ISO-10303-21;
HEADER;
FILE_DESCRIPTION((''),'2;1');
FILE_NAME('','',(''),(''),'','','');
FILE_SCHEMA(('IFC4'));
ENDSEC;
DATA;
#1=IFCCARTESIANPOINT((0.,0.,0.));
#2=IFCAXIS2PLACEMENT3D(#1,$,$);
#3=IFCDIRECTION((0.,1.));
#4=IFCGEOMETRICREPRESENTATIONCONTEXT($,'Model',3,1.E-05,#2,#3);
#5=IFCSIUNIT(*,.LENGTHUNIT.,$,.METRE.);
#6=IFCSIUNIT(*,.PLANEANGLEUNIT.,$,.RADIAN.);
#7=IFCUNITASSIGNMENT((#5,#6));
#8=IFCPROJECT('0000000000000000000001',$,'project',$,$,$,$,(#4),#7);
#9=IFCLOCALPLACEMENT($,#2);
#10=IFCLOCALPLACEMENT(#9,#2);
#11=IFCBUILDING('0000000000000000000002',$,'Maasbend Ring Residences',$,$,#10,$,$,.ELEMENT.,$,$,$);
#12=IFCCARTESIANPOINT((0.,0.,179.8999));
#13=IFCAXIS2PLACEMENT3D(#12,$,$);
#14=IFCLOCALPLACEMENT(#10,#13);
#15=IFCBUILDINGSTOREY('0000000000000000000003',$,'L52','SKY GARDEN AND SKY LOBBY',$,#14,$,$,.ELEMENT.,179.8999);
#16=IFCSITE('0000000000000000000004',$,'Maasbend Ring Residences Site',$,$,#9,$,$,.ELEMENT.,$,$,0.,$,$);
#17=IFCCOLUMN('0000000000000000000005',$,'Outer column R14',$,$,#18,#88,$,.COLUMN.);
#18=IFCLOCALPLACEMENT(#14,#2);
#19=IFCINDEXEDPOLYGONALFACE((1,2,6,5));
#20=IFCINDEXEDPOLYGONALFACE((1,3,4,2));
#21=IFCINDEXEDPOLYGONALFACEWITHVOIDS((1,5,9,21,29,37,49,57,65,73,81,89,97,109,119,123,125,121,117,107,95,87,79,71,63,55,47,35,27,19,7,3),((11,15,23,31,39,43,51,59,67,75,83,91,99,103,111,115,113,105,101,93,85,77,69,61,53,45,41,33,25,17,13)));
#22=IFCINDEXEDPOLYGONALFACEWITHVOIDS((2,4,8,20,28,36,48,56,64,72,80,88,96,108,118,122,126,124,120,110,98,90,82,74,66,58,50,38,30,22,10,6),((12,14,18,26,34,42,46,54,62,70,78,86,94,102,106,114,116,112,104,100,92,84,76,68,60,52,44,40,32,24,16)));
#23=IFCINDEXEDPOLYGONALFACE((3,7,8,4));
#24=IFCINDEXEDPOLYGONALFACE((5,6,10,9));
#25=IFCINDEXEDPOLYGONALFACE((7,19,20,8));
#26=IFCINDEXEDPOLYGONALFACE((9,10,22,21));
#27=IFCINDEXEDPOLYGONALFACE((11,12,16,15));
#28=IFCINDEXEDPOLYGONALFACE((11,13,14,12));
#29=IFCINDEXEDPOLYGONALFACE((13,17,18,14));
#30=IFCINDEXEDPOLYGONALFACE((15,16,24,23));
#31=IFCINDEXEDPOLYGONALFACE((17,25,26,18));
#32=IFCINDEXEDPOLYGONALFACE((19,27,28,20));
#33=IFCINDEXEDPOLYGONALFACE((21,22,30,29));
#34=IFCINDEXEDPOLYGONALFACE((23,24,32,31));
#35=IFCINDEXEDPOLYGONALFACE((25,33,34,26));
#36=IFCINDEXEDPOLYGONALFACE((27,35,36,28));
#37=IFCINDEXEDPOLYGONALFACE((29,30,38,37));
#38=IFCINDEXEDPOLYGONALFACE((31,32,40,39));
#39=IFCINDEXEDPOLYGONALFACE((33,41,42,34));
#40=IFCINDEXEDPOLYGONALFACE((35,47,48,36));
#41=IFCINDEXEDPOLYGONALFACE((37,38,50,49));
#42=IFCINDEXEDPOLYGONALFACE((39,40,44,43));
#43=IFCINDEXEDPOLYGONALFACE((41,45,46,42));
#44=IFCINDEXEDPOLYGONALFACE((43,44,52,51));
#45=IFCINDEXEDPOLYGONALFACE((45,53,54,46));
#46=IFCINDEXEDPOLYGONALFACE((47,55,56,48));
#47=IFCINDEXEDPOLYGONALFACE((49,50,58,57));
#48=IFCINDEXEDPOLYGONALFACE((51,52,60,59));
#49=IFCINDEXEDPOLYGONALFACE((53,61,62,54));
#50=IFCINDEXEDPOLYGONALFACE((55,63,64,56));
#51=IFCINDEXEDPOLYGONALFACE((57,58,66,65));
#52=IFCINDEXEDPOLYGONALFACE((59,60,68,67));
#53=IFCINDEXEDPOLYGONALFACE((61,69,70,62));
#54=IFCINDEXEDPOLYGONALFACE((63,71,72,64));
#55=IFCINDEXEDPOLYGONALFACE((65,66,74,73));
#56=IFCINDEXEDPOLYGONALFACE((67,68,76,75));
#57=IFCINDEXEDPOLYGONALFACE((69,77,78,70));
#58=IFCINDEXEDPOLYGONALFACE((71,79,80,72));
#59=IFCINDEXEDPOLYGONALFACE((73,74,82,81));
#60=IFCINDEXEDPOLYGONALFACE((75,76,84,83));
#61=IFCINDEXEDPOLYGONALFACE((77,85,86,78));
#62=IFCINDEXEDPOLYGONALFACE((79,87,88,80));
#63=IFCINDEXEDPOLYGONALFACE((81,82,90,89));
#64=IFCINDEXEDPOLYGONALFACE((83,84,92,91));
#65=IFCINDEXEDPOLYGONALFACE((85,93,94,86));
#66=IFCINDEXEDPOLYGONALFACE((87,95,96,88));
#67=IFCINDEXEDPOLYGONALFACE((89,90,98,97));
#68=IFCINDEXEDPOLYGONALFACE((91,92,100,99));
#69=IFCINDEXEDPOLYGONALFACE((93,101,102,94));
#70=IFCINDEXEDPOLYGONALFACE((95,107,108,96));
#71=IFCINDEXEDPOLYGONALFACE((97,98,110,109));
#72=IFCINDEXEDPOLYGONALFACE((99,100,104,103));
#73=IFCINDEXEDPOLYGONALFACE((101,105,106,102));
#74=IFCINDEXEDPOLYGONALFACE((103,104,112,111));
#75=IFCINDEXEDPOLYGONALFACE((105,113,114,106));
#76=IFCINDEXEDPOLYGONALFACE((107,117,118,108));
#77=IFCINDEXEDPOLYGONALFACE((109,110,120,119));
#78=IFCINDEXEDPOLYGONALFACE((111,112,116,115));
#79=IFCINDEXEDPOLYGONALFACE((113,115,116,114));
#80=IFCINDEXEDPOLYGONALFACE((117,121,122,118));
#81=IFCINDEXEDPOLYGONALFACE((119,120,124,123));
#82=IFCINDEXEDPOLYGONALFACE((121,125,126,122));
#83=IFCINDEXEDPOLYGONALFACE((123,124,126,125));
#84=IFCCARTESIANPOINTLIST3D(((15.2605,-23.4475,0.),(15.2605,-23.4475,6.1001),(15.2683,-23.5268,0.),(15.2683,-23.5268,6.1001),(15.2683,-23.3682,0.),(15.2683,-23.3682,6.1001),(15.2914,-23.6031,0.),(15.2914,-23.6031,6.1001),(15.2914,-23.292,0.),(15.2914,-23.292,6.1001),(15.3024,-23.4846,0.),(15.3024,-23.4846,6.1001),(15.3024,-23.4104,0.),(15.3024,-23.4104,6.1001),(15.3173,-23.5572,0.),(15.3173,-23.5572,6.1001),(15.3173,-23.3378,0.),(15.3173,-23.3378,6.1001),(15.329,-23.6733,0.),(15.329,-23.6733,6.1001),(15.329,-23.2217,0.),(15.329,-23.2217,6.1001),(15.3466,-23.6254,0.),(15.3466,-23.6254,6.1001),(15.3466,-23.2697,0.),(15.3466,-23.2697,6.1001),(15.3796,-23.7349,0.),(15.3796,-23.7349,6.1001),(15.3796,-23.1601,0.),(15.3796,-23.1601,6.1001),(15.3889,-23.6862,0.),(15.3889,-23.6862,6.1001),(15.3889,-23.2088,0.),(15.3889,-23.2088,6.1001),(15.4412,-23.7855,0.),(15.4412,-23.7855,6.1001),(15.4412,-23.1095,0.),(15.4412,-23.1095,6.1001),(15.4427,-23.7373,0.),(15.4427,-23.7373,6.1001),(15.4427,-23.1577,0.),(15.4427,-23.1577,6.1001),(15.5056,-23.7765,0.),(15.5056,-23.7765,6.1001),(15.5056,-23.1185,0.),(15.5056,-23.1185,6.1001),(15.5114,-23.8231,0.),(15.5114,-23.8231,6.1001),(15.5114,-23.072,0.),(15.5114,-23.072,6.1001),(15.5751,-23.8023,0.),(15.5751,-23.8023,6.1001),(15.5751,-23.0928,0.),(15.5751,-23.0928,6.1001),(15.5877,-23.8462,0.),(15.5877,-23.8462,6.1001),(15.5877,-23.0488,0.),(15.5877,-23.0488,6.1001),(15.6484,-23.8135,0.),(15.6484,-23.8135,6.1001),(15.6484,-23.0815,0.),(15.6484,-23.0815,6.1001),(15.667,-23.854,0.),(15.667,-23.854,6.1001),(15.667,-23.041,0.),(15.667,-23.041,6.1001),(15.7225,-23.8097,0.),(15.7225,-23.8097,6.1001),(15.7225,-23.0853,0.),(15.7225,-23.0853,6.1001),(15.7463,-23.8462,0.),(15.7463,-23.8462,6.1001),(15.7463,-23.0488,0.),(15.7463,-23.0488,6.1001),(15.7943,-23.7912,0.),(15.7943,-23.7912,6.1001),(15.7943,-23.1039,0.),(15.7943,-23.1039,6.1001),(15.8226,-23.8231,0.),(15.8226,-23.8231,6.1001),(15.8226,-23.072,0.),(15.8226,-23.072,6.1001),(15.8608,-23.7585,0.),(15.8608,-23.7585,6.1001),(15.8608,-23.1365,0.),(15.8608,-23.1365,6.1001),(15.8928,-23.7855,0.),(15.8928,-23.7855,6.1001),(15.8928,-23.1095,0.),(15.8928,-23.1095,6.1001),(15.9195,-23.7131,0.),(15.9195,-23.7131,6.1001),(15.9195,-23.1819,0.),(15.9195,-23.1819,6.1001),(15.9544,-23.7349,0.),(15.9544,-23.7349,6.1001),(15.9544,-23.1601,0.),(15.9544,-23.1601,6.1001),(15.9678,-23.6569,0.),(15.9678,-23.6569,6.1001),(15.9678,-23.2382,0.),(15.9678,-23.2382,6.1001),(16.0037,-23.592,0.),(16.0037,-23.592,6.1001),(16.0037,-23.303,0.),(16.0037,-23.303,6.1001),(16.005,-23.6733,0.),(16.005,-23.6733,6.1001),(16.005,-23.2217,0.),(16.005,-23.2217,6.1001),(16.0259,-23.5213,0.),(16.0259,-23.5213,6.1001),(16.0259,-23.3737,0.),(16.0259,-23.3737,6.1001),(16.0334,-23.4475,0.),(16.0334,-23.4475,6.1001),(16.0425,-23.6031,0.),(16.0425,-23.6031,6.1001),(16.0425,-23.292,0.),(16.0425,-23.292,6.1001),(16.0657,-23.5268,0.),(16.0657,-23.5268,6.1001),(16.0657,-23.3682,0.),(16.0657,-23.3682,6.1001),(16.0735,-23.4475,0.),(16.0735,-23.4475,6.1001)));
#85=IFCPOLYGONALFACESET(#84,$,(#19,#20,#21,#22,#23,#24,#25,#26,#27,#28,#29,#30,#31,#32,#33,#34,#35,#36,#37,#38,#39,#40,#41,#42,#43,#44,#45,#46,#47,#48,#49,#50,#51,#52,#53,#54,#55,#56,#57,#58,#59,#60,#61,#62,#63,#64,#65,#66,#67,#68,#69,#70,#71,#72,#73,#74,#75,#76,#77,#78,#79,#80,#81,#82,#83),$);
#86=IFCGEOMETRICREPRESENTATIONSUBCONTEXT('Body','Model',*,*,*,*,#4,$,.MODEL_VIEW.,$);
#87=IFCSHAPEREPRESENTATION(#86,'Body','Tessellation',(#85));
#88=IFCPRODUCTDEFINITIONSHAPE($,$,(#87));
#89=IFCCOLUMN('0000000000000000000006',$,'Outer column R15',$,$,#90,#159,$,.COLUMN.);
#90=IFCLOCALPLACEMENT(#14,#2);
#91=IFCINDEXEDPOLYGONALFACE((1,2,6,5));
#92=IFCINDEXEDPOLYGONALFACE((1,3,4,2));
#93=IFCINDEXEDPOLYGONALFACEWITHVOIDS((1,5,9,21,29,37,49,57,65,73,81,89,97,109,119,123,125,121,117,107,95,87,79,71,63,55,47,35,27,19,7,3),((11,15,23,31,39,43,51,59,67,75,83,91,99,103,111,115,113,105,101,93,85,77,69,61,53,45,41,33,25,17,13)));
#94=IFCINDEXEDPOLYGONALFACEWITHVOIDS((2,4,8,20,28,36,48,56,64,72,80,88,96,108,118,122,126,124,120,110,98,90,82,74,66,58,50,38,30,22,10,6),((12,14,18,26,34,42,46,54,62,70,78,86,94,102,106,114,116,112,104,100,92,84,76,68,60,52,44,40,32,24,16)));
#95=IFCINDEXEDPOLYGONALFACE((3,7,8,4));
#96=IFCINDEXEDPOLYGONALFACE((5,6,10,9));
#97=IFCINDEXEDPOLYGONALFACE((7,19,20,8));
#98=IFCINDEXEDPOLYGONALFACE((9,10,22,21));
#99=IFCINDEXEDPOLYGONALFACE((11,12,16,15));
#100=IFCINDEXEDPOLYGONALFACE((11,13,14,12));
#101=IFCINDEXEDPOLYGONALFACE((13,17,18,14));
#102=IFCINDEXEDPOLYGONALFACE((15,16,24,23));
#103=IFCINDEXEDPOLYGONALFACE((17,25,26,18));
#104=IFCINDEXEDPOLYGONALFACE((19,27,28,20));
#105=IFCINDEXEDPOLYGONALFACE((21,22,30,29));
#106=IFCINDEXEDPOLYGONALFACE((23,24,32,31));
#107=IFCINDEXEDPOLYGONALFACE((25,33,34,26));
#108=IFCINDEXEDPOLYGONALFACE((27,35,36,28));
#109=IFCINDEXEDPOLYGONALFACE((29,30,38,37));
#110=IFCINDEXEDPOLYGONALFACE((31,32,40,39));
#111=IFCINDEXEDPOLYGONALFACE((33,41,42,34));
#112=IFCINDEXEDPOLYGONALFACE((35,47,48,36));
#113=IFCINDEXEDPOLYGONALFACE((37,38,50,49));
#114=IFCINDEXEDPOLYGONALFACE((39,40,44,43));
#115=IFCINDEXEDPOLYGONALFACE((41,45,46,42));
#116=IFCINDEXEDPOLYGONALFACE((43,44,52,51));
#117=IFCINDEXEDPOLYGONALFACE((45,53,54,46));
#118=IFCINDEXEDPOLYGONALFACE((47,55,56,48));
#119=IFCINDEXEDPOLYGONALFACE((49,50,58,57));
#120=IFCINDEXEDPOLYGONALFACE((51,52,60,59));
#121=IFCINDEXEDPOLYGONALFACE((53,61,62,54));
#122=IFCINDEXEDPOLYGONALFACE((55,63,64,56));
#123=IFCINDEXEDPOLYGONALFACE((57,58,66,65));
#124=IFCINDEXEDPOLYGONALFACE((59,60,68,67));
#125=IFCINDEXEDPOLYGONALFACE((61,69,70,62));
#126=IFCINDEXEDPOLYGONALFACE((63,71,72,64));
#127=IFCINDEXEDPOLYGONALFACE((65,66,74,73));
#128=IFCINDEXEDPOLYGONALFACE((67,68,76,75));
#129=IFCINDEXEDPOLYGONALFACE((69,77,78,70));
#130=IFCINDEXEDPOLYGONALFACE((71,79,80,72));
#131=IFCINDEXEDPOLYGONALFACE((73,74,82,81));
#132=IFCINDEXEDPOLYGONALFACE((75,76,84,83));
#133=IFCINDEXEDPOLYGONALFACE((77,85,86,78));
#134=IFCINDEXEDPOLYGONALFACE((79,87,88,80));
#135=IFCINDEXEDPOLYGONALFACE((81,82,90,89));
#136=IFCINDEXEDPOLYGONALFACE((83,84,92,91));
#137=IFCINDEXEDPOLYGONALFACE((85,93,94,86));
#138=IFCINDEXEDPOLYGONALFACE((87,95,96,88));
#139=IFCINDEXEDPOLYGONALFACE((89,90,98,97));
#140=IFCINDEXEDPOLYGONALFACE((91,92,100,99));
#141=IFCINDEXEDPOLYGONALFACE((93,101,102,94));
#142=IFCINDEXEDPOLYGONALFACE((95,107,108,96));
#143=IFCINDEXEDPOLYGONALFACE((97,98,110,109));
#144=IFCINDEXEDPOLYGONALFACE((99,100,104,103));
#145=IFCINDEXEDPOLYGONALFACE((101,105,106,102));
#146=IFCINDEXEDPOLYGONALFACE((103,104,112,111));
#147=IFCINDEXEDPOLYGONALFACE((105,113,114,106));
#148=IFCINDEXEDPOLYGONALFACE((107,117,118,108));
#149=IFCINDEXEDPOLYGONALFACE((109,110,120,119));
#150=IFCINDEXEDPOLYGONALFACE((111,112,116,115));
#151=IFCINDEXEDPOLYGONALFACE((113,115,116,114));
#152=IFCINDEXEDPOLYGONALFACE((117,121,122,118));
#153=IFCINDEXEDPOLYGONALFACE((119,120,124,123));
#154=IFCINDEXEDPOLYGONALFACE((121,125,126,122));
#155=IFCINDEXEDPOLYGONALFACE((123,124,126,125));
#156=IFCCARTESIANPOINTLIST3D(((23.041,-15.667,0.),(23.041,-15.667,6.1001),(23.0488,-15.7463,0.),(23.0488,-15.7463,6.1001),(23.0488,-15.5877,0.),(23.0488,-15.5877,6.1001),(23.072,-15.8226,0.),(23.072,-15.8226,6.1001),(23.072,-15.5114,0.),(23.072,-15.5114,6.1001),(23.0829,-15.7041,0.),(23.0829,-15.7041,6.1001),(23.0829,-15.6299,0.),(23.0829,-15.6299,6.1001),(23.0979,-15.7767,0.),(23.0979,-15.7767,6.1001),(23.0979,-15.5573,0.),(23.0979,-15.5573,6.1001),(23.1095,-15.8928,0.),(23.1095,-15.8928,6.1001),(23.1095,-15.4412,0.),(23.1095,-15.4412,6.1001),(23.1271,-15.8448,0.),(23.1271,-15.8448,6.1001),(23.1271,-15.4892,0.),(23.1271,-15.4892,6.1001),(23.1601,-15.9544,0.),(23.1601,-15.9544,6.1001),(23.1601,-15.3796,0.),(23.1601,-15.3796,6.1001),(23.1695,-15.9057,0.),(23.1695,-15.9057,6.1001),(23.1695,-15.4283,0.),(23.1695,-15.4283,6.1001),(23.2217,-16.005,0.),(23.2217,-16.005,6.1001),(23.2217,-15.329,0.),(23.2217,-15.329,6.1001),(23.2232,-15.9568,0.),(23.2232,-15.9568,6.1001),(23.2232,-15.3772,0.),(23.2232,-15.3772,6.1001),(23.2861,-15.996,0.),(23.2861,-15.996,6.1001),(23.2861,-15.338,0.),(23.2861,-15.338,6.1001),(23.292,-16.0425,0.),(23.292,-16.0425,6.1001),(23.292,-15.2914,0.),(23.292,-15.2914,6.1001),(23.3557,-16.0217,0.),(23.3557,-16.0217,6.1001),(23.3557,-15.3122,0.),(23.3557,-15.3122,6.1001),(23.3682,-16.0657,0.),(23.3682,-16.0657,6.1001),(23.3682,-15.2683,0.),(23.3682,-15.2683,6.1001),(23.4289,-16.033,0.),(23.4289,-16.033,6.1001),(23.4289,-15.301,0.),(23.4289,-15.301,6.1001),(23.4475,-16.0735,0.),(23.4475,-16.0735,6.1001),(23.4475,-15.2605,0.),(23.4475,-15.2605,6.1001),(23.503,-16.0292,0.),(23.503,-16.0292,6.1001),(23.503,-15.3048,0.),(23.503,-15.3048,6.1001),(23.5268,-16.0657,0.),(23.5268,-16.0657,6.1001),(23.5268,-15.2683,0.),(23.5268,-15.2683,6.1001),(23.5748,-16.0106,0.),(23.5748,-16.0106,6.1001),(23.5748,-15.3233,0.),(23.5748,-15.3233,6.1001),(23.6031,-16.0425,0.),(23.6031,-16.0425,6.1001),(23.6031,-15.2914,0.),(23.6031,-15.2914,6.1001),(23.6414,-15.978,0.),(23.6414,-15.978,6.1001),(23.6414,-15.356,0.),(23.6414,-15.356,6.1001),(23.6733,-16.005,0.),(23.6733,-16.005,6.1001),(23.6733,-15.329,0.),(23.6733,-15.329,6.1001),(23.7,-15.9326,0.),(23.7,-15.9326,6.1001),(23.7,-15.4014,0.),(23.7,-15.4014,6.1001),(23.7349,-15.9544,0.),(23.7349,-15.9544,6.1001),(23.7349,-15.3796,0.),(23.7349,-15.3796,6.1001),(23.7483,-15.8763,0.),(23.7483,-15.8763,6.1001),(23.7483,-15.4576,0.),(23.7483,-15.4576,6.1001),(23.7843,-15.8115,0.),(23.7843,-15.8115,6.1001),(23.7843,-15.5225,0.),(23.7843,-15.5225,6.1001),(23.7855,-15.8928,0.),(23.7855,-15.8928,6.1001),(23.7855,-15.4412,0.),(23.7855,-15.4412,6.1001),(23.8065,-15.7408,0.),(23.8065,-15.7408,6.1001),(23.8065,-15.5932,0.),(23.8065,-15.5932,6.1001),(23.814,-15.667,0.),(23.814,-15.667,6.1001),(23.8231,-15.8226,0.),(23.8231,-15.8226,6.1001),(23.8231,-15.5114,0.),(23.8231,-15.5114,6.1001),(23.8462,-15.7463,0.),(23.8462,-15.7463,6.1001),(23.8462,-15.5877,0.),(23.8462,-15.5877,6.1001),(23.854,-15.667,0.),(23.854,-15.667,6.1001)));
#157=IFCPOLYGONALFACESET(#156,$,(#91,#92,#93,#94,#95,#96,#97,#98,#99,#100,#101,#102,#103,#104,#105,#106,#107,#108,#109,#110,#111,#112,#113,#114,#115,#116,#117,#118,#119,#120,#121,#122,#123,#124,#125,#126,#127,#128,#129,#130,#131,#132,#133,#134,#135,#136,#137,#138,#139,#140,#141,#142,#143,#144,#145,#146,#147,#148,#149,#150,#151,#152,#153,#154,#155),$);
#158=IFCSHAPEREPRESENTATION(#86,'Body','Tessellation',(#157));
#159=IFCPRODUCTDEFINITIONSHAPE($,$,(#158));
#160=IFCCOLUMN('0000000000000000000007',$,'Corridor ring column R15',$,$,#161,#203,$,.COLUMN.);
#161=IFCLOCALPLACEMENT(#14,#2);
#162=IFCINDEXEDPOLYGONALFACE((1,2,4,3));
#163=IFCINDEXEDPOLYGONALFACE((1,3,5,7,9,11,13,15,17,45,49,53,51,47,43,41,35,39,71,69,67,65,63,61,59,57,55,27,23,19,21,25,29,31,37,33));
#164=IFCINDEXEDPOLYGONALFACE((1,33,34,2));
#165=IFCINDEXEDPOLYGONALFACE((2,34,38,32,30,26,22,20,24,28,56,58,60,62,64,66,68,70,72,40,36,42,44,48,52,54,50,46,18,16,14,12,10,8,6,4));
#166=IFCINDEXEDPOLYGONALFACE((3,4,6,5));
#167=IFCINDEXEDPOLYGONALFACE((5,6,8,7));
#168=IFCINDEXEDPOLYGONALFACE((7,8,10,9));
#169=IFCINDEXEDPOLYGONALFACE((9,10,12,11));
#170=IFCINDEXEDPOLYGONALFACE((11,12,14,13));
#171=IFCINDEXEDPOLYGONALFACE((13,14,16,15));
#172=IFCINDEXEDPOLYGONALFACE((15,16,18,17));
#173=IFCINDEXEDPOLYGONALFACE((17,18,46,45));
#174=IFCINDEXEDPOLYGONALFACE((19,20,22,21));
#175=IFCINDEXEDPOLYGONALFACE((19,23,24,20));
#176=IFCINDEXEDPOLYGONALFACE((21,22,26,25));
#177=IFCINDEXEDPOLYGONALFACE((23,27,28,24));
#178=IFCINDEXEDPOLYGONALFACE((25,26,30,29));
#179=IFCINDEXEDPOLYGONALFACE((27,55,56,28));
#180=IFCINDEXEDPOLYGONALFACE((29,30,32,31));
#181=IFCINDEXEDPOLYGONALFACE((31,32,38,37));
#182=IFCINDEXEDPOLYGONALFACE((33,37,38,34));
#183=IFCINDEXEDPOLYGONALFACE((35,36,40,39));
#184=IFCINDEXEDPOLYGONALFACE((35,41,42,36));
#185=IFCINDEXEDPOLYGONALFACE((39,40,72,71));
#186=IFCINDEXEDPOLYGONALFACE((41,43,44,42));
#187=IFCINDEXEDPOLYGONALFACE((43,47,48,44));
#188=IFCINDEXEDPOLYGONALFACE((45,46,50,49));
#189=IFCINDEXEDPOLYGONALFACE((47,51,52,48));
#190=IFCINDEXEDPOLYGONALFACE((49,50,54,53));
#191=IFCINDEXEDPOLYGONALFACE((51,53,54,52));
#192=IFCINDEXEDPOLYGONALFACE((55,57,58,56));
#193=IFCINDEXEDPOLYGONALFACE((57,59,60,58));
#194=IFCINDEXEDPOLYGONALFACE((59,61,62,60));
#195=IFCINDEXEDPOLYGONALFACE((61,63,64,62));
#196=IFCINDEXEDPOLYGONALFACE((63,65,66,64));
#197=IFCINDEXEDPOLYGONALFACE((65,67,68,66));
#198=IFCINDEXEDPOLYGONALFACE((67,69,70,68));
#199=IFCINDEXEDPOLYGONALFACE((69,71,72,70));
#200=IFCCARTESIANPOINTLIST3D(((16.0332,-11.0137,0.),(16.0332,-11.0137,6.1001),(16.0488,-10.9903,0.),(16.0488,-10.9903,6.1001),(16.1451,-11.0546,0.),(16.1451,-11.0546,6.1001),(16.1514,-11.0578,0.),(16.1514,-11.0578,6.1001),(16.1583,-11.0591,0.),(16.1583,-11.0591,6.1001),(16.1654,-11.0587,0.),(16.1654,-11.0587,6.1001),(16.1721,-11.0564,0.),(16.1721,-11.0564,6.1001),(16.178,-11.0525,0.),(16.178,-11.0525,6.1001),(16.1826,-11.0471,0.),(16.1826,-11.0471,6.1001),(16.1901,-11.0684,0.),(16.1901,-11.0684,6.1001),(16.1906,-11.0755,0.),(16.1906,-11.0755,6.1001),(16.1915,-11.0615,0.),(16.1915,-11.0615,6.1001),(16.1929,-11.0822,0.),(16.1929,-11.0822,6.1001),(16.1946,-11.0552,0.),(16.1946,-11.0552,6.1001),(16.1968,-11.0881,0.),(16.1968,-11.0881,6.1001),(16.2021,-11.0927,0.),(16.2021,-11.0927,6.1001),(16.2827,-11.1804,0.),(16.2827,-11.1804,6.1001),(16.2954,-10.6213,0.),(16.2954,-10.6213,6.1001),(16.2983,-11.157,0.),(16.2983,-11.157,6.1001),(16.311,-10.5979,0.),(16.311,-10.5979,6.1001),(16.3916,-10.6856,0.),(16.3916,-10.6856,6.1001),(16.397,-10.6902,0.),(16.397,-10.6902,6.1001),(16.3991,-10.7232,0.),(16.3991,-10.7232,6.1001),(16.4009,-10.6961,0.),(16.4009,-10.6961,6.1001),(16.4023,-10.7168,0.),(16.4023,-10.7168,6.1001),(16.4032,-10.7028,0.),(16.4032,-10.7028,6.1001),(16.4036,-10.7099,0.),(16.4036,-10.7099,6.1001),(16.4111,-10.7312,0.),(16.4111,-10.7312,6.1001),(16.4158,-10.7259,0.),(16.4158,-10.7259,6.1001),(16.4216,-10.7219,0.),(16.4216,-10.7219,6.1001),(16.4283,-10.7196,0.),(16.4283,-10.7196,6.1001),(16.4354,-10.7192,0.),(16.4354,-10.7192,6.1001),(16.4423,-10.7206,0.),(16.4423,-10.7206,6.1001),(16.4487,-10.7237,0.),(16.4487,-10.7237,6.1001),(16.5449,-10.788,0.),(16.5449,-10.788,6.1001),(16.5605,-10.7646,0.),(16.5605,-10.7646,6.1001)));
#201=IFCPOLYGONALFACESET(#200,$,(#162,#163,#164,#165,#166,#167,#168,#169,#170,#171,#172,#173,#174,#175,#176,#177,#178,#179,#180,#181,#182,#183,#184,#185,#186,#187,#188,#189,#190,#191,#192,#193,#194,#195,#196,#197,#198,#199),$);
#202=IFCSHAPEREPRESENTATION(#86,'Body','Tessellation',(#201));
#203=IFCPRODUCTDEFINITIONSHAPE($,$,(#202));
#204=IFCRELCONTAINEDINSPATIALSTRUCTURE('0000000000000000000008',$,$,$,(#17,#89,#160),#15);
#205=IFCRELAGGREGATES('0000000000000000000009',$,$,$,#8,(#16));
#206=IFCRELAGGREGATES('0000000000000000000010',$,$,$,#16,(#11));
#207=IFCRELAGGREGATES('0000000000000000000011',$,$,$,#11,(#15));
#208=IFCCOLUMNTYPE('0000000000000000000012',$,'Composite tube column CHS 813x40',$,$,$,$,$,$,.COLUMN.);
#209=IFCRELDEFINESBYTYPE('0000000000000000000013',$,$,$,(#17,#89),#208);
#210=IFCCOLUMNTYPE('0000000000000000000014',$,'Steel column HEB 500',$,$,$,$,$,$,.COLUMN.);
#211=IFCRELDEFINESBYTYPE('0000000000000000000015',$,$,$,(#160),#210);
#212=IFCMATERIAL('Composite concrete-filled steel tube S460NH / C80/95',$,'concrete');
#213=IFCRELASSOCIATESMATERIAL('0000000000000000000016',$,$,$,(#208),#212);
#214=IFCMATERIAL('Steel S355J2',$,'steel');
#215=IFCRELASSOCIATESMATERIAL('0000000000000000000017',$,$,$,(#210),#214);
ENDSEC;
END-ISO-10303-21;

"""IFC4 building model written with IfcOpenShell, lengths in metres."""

from ifc_helpers import new_model, si_unit, direction, frame, origin, origin_2d, place, context, subcontext, project, spatial, hollow_circle, i_section, extrude, material, material_profile, profile_set, type_object, element, save


model = new_model("IFC4")

# Units and contexts
model_context = context("Model", 3, precision=1e-05, world=origin(), true_north=direction((0.0, 1.0)))
body_context = subcontext(model_context, "Body", "Model", "MODEL_VIEW")
ifc_project = project(units=[si_unit("LENGTHUNIT", "METRE"), si_unit("PLANEANGLEUNIT", "RADIAN")], contexts=[model_context])

# Site, building, storey
site_placement = place(None, origin())
site = spatial("IfcSite", under=ifc_project, at=site_placement, Name="Maasbend Ring Residences Site", CompositionType="ELEMENT", RefElevation=0.0)
building_placement = place(site_placement, origin())
building = spatial("IfcBuilding", under=site, at=building_placement, Name="Maasbend Ring Residences", CompositionType="ELEMENT")
storey_placement = place(building_placement, frame((0.0, 0.0, 179.8999)))
storey = spatial("IfcBuildingStorey", under=building, at=storey_placement, Name="L52", Description="SKY GARDEN AND SKY LOBBY", CompositionType="ELEMENT", Elevation=179.8999)

# Columns
ifc_material_1 = material(Name="Composite concrete-filled steel tube S460NH / C80/95", Category="concrete")
ifc_material_profile_1 = material_profile(ifc_material_1, hollow_circle(Radius=0.4065, WallThickness=0.04, at=origin_2d()), Name="Composite tube column CHS 813x40")
ifc_profile_set_1 = profile_set([ifc_material_profile_1], Name="Composite concrete-filled steel tube S460NH / C80/95")
column_type_1 = type_object("IfcColumnType", Name="Composite tube column CHS 813x40", PredefinedType="COLUMN", material=ifc_profile_set_1)
for number, where, z_axis, x_axis, name in (
    (1, (15.667, -23.4475, 0.0), (0.0, 0.0, 1.0), (1.0, 0.0, 0.0), "Outer column R14"),
    (2, (23.4475, -15.667, 0.0), (0.0, 0.0, 1.0), (1.0, 0.0, 0.0), "Outer column R15"),
):
    element("IfcColumn", number, at=place(storey_placement, frame(where, z_axis=z_axis, x_axis=x_axis)), inside=storey, type_object=column_type_1, Name=name, PredefinedType="COLUMN", context=body_context, shape_type="SweptSolid", body=[
        extrude(hollow_circle(Radius=0.4065, WallThickness=0.04, at=origin_2d()), origin(), (0.0, 0.0, 1.0), 6.1001),
    ])
ifc_material_2 = material(Name="Steel S355J2", Category="steel")
ifc_material_profile_2 = material_profile(ifc_material_2, i_section(OverallWidth=0.3, OverallDepth=0.5, WebThickness=0.0144, FlangeThickness=0.0281, FilletRadius=0.0271, at=origin_2d()), Name="HEB 500")
ifc_profile_set_2 = profile_set([ifc_material_profile_2], Name="Steel S355J2")
column_type_2 = type_object("IfcColumnType", Name="Steel column HEB 500", PredefinedType="COLUMN", material=ifc_profile_set_2)
column_placement = place(storey_placement, frame((16.2969, -10.8892, 0.0), z_axis=(0.0, 0.0, 1.0), x_axis=(0.83147, -0.55557, 0.0)))
element("IfcColumn", 3, at=column_placement, inside=storey, type_object=column_type_2, Name="Corridor ring column R15", PredefinedType="COLUMN", context=body_context, shape_type="SweptSolid", body=[
    extrude(i_section(OverallWidth=0.3, OverallDepth=0.5, WebThickness=0.0144, FlangeThickness=0.0281, FilletRadius=0.0271, at=origin_2d()), origin(), (0.0, 0.0, 1.0), 6.1001),
])

save(model, "model.ifc")
